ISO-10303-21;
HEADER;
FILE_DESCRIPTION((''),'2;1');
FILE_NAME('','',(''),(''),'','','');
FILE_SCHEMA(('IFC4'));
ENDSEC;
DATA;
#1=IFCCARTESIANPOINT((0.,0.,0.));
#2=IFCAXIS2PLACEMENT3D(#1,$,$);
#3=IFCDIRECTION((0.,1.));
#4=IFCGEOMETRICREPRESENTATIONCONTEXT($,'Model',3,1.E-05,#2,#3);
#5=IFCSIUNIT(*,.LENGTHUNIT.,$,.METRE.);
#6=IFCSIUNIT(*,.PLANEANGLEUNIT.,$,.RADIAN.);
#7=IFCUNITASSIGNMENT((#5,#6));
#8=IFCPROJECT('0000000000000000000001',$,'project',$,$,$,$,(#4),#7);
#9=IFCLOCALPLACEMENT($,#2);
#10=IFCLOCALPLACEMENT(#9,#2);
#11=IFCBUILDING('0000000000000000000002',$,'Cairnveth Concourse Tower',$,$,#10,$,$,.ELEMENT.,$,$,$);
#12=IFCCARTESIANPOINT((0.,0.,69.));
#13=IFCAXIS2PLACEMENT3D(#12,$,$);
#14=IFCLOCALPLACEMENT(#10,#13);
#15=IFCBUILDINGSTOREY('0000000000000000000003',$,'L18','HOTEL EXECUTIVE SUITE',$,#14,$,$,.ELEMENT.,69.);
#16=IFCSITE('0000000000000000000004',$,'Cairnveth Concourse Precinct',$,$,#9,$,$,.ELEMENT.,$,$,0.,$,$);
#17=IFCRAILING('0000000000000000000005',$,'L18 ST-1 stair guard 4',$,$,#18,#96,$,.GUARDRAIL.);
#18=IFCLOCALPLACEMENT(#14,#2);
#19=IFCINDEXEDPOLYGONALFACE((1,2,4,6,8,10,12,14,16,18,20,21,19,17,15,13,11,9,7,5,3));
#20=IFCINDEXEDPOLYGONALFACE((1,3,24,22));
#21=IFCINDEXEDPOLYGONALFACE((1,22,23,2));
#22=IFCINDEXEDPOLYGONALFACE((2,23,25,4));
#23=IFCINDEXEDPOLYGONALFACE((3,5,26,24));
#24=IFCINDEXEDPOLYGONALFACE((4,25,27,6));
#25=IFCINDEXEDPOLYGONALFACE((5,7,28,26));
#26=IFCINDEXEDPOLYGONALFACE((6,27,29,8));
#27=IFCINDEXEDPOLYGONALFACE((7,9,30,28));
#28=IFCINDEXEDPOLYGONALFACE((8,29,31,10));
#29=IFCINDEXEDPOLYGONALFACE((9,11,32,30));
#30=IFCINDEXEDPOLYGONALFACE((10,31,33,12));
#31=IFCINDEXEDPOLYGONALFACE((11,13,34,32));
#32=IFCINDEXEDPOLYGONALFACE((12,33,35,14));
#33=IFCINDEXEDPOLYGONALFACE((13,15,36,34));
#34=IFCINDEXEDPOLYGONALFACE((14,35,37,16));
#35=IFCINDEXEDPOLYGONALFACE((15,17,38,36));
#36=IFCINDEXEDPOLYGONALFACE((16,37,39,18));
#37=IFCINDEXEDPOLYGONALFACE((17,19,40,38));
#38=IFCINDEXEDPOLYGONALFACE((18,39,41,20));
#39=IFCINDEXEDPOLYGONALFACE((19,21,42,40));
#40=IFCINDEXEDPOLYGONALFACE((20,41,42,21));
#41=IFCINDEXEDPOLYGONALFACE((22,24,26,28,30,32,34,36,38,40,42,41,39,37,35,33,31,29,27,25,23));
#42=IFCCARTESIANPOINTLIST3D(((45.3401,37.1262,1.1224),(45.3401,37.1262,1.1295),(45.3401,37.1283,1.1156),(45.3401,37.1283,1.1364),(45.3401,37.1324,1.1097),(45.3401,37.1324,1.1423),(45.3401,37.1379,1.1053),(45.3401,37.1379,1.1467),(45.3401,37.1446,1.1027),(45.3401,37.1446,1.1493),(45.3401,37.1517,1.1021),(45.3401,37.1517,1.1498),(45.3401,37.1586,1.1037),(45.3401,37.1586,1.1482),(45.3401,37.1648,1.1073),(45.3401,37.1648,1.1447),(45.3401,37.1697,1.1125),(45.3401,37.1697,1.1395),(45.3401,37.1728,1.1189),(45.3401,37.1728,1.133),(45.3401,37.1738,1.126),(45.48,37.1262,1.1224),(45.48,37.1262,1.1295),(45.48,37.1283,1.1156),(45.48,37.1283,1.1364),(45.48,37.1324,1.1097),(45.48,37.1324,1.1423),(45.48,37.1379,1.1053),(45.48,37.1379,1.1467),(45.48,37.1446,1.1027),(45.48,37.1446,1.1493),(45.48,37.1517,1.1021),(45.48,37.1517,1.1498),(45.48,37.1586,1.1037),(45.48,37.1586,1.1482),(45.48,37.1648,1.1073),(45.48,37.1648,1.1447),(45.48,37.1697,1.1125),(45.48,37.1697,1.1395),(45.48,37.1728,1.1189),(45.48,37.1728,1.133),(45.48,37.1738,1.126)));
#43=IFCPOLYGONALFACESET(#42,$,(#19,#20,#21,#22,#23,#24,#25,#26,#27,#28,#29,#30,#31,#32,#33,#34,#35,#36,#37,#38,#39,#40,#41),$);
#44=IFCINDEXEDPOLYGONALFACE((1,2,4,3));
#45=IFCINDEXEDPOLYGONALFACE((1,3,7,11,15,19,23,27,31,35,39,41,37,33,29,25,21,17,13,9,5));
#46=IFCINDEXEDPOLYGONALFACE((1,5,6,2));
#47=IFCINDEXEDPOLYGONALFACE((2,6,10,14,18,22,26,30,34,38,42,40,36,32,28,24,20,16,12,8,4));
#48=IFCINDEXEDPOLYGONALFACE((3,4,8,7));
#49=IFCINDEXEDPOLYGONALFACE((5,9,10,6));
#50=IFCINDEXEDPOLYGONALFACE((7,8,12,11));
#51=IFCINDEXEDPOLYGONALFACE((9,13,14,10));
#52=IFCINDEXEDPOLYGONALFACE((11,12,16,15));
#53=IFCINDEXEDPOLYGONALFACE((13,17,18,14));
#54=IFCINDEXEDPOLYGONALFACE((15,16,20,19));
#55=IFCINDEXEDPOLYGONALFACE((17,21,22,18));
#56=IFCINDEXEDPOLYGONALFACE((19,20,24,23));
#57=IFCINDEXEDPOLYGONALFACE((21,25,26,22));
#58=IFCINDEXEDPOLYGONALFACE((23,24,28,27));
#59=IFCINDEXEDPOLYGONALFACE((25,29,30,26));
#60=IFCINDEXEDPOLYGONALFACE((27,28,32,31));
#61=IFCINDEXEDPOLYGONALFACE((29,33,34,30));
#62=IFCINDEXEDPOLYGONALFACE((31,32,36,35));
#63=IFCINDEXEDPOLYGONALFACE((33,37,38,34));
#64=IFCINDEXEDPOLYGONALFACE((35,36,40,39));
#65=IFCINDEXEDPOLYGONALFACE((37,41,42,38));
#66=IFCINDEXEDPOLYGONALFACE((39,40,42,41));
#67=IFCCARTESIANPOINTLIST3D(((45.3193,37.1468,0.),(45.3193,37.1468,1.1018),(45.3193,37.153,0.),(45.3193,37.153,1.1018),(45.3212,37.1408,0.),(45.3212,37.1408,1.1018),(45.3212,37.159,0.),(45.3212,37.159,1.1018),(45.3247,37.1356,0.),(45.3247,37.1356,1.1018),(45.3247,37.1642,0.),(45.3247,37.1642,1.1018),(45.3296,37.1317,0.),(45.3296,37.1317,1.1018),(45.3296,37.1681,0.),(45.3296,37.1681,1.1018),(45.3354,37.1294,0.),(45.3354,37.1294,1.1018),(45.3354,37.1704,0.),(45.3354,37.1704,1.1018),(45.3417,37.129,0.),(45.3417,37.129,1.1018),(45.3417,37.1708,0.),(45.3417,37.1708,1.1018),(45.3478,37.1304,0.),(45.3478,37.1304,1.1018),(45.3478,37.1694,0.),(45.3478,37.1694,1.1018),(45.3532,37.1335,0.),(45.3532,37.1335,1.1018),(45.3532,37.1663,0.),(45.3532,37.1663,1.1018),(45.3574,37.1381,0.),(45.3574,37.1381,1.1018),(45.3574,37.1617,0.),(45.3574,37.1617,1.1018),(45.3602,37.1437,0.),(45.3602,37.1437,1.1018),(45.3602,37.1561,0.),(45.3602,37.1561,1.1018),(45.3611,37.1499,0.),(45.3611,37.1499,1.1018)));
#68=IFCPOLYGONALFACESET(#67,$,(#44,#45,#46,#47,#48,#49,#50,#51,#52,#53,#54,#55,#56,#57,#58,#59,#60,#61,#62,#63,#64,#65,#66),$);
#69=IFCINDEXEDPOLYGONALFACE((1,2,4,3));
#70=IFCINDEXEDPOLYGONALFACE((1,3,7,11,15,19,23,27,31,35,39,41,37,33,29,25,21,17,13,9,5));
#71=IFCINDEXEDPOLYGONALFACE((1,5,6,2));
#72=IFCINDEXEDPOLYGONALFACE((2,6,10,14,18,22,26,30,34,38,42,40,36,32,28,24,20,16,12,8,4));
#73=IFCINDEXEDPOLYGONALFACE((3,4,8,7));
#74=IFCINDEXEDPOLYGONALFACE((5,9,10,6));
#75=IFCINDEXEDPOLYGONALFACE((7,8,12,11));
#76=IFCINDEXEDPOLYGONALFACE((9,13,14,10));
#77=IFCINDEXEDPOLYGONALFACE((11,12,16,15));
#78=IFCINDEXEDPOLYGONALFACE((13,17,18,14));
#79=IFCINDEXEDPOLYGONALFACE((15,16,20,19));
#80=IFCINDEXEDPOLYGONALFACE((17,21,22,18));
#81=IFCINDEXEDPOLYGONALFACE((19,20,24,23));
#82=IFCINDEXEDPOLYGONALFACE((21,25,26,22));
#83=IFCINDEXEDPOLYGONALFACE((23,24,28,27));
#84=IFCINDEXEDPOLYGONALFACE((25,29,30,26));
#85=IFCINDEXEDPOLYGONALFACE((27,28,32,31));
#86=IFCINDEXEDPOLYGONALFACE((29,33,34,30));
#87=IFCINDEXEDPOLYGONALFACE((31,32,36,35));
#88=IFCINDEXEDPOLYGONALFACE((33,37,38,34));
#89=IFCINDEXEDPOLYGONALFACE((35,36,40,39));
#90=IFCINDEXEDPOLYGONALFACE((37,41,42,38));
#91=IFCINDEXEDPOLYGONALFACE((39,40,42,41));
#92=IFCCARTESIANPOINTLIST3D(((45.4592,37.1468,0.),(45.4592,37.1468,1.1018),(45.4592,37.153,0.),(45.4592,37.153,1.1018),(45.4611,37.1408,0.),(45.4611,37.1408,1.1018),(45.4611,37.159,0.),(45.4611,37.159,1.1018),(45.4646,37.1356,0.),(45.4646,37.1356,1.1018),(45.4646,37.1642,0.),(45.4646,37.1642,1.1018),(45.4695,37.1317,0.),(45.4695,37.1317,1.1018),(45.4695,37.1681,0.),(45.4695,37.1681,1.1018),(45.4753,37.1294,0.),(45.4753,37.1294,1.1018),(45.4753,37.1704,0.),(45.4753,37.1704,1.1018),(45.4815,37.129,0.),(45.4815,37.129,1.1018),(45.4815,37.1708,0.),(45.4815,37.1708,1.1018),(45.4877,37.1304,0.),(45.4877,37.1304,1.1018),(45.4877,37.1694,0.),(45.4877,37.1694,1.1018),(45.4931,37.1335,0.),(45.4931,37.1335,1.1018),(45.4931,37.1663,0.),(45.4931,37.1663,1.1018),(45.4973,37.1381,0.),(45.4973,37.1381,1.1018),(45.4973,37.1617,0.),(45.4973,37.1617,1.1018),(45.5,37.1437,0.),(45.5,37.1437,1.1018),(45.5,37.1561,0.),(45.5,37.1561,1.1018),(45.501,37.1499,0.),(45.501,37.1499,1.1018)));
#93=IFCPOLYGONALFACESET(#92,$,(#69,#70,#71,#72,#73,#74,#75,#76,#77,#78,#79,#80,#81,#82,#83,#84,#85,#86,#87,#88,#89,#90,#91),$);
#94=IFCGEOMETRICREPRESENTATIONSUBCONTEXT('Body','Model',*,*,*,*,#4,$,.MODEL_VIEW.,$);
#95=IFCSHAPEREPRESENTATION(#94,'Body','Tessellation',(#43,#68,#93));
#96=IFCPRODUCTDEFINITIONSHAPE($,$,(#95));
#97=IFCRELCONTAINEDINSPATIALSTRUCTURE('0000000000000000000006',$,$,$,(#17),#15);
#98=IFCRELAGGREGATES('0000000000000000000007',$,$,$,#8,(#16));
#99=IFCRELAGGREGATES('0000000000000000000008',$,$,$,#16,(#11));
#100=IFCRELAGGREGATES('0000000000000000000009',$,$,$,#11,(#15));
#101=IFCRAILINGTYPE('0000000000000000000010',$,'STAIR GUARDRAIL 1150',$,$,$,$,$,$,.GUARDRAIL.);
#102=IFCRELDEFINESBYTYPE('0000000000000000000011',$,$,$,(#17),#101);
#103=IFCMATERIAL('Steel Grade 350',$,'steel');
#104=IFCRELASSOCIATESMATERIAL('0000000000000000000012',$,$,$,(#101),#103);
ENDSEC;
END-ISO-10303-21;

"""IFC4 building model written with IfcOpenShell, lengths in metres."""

from ifc_helpers import new_model, si_unit, direction, frame, origin, origin_2d, place, context, subcontext, project, spatial, circle, extrude, material, type_object, element, save


model = new_model("IFC4")

# Units and contexts
model_context = context("Model", 3, precision=1e-05, world=origin(), true_north=direction((0.0, 1.0)))
body_context = subcontext(model_context, "Body", "Model", "MODEL_VIEW")
ifc_project = project(units=[si_unit("LENGTHUNIT", "METRE"), si_unit("PLANEANGLEUNIT", "RADIAN")], contexts=[model_context])

# Site, building, storey
site_placement = place(None, origin())
site = spatial("IfcSite", under=ifc_project, at=site_placement, Name="Cairnveth Concourse Precinct", CompositionType="ELEMENT", RefElevation=0.0)
building_placement = place(site_placement, origin())
building = spatial("IfcBuilding", under=site, at=building_placement, Name="Cairnveth Concourse Tower", CompositionType="ELEMENT")
storey_placement = place(building_placement, frame((0.0, 0.0, 69.0)))
storey = spatial("IfcBuildingStorey", under=building, at=storey_placement, Name="L18", Description="HOTEL EXECUTIVE SUITE", CompositionType="ELEMENT", Elevation=69.0)

# Shared definitions
ifc_material_1 = material(Name="Steel Grade 350", Category="steel")

# Railing
railing_type_1 = type_object("IfcRailingType", Name="STAIR GUARDRAIL 1150", PredefinedType="GUARDRAIL", material=ifc_material_1)
railing_1_placement = place(storey_placement, frame((45.3401, 37.1499, 0.0)))
element("IfcRailing", 1, at=railing_1_placement, inside=storey, type_object=railing_type_1, Name="L18 ST-1 stair guard 4", PredefinedType="GUARDRAIL", context=body_context, shape_type="SweptSolid", body=[
    extrude(circle(Radius=0.0239, at=origin_2d()), frame((0.0, 0.0, 1.126), z_axis=(1.0, 0.0, 0.0), x_axis=(0.0, 1.0, 0.0)), (0.0, 0.0, 1.0), 0.1399),
    extrude(circle(Radius=0.021, at=origin_2d()), origin(), (0.0, 0.0, 1.0), 1.1018),
    extrude(circle(Radius=0.021, at=origin_2d()), frame((0.1399, 0.0, 0.0)), (0.0, 0.0, 1.0), 1.1018),
])

save(model, "model.ifc")
